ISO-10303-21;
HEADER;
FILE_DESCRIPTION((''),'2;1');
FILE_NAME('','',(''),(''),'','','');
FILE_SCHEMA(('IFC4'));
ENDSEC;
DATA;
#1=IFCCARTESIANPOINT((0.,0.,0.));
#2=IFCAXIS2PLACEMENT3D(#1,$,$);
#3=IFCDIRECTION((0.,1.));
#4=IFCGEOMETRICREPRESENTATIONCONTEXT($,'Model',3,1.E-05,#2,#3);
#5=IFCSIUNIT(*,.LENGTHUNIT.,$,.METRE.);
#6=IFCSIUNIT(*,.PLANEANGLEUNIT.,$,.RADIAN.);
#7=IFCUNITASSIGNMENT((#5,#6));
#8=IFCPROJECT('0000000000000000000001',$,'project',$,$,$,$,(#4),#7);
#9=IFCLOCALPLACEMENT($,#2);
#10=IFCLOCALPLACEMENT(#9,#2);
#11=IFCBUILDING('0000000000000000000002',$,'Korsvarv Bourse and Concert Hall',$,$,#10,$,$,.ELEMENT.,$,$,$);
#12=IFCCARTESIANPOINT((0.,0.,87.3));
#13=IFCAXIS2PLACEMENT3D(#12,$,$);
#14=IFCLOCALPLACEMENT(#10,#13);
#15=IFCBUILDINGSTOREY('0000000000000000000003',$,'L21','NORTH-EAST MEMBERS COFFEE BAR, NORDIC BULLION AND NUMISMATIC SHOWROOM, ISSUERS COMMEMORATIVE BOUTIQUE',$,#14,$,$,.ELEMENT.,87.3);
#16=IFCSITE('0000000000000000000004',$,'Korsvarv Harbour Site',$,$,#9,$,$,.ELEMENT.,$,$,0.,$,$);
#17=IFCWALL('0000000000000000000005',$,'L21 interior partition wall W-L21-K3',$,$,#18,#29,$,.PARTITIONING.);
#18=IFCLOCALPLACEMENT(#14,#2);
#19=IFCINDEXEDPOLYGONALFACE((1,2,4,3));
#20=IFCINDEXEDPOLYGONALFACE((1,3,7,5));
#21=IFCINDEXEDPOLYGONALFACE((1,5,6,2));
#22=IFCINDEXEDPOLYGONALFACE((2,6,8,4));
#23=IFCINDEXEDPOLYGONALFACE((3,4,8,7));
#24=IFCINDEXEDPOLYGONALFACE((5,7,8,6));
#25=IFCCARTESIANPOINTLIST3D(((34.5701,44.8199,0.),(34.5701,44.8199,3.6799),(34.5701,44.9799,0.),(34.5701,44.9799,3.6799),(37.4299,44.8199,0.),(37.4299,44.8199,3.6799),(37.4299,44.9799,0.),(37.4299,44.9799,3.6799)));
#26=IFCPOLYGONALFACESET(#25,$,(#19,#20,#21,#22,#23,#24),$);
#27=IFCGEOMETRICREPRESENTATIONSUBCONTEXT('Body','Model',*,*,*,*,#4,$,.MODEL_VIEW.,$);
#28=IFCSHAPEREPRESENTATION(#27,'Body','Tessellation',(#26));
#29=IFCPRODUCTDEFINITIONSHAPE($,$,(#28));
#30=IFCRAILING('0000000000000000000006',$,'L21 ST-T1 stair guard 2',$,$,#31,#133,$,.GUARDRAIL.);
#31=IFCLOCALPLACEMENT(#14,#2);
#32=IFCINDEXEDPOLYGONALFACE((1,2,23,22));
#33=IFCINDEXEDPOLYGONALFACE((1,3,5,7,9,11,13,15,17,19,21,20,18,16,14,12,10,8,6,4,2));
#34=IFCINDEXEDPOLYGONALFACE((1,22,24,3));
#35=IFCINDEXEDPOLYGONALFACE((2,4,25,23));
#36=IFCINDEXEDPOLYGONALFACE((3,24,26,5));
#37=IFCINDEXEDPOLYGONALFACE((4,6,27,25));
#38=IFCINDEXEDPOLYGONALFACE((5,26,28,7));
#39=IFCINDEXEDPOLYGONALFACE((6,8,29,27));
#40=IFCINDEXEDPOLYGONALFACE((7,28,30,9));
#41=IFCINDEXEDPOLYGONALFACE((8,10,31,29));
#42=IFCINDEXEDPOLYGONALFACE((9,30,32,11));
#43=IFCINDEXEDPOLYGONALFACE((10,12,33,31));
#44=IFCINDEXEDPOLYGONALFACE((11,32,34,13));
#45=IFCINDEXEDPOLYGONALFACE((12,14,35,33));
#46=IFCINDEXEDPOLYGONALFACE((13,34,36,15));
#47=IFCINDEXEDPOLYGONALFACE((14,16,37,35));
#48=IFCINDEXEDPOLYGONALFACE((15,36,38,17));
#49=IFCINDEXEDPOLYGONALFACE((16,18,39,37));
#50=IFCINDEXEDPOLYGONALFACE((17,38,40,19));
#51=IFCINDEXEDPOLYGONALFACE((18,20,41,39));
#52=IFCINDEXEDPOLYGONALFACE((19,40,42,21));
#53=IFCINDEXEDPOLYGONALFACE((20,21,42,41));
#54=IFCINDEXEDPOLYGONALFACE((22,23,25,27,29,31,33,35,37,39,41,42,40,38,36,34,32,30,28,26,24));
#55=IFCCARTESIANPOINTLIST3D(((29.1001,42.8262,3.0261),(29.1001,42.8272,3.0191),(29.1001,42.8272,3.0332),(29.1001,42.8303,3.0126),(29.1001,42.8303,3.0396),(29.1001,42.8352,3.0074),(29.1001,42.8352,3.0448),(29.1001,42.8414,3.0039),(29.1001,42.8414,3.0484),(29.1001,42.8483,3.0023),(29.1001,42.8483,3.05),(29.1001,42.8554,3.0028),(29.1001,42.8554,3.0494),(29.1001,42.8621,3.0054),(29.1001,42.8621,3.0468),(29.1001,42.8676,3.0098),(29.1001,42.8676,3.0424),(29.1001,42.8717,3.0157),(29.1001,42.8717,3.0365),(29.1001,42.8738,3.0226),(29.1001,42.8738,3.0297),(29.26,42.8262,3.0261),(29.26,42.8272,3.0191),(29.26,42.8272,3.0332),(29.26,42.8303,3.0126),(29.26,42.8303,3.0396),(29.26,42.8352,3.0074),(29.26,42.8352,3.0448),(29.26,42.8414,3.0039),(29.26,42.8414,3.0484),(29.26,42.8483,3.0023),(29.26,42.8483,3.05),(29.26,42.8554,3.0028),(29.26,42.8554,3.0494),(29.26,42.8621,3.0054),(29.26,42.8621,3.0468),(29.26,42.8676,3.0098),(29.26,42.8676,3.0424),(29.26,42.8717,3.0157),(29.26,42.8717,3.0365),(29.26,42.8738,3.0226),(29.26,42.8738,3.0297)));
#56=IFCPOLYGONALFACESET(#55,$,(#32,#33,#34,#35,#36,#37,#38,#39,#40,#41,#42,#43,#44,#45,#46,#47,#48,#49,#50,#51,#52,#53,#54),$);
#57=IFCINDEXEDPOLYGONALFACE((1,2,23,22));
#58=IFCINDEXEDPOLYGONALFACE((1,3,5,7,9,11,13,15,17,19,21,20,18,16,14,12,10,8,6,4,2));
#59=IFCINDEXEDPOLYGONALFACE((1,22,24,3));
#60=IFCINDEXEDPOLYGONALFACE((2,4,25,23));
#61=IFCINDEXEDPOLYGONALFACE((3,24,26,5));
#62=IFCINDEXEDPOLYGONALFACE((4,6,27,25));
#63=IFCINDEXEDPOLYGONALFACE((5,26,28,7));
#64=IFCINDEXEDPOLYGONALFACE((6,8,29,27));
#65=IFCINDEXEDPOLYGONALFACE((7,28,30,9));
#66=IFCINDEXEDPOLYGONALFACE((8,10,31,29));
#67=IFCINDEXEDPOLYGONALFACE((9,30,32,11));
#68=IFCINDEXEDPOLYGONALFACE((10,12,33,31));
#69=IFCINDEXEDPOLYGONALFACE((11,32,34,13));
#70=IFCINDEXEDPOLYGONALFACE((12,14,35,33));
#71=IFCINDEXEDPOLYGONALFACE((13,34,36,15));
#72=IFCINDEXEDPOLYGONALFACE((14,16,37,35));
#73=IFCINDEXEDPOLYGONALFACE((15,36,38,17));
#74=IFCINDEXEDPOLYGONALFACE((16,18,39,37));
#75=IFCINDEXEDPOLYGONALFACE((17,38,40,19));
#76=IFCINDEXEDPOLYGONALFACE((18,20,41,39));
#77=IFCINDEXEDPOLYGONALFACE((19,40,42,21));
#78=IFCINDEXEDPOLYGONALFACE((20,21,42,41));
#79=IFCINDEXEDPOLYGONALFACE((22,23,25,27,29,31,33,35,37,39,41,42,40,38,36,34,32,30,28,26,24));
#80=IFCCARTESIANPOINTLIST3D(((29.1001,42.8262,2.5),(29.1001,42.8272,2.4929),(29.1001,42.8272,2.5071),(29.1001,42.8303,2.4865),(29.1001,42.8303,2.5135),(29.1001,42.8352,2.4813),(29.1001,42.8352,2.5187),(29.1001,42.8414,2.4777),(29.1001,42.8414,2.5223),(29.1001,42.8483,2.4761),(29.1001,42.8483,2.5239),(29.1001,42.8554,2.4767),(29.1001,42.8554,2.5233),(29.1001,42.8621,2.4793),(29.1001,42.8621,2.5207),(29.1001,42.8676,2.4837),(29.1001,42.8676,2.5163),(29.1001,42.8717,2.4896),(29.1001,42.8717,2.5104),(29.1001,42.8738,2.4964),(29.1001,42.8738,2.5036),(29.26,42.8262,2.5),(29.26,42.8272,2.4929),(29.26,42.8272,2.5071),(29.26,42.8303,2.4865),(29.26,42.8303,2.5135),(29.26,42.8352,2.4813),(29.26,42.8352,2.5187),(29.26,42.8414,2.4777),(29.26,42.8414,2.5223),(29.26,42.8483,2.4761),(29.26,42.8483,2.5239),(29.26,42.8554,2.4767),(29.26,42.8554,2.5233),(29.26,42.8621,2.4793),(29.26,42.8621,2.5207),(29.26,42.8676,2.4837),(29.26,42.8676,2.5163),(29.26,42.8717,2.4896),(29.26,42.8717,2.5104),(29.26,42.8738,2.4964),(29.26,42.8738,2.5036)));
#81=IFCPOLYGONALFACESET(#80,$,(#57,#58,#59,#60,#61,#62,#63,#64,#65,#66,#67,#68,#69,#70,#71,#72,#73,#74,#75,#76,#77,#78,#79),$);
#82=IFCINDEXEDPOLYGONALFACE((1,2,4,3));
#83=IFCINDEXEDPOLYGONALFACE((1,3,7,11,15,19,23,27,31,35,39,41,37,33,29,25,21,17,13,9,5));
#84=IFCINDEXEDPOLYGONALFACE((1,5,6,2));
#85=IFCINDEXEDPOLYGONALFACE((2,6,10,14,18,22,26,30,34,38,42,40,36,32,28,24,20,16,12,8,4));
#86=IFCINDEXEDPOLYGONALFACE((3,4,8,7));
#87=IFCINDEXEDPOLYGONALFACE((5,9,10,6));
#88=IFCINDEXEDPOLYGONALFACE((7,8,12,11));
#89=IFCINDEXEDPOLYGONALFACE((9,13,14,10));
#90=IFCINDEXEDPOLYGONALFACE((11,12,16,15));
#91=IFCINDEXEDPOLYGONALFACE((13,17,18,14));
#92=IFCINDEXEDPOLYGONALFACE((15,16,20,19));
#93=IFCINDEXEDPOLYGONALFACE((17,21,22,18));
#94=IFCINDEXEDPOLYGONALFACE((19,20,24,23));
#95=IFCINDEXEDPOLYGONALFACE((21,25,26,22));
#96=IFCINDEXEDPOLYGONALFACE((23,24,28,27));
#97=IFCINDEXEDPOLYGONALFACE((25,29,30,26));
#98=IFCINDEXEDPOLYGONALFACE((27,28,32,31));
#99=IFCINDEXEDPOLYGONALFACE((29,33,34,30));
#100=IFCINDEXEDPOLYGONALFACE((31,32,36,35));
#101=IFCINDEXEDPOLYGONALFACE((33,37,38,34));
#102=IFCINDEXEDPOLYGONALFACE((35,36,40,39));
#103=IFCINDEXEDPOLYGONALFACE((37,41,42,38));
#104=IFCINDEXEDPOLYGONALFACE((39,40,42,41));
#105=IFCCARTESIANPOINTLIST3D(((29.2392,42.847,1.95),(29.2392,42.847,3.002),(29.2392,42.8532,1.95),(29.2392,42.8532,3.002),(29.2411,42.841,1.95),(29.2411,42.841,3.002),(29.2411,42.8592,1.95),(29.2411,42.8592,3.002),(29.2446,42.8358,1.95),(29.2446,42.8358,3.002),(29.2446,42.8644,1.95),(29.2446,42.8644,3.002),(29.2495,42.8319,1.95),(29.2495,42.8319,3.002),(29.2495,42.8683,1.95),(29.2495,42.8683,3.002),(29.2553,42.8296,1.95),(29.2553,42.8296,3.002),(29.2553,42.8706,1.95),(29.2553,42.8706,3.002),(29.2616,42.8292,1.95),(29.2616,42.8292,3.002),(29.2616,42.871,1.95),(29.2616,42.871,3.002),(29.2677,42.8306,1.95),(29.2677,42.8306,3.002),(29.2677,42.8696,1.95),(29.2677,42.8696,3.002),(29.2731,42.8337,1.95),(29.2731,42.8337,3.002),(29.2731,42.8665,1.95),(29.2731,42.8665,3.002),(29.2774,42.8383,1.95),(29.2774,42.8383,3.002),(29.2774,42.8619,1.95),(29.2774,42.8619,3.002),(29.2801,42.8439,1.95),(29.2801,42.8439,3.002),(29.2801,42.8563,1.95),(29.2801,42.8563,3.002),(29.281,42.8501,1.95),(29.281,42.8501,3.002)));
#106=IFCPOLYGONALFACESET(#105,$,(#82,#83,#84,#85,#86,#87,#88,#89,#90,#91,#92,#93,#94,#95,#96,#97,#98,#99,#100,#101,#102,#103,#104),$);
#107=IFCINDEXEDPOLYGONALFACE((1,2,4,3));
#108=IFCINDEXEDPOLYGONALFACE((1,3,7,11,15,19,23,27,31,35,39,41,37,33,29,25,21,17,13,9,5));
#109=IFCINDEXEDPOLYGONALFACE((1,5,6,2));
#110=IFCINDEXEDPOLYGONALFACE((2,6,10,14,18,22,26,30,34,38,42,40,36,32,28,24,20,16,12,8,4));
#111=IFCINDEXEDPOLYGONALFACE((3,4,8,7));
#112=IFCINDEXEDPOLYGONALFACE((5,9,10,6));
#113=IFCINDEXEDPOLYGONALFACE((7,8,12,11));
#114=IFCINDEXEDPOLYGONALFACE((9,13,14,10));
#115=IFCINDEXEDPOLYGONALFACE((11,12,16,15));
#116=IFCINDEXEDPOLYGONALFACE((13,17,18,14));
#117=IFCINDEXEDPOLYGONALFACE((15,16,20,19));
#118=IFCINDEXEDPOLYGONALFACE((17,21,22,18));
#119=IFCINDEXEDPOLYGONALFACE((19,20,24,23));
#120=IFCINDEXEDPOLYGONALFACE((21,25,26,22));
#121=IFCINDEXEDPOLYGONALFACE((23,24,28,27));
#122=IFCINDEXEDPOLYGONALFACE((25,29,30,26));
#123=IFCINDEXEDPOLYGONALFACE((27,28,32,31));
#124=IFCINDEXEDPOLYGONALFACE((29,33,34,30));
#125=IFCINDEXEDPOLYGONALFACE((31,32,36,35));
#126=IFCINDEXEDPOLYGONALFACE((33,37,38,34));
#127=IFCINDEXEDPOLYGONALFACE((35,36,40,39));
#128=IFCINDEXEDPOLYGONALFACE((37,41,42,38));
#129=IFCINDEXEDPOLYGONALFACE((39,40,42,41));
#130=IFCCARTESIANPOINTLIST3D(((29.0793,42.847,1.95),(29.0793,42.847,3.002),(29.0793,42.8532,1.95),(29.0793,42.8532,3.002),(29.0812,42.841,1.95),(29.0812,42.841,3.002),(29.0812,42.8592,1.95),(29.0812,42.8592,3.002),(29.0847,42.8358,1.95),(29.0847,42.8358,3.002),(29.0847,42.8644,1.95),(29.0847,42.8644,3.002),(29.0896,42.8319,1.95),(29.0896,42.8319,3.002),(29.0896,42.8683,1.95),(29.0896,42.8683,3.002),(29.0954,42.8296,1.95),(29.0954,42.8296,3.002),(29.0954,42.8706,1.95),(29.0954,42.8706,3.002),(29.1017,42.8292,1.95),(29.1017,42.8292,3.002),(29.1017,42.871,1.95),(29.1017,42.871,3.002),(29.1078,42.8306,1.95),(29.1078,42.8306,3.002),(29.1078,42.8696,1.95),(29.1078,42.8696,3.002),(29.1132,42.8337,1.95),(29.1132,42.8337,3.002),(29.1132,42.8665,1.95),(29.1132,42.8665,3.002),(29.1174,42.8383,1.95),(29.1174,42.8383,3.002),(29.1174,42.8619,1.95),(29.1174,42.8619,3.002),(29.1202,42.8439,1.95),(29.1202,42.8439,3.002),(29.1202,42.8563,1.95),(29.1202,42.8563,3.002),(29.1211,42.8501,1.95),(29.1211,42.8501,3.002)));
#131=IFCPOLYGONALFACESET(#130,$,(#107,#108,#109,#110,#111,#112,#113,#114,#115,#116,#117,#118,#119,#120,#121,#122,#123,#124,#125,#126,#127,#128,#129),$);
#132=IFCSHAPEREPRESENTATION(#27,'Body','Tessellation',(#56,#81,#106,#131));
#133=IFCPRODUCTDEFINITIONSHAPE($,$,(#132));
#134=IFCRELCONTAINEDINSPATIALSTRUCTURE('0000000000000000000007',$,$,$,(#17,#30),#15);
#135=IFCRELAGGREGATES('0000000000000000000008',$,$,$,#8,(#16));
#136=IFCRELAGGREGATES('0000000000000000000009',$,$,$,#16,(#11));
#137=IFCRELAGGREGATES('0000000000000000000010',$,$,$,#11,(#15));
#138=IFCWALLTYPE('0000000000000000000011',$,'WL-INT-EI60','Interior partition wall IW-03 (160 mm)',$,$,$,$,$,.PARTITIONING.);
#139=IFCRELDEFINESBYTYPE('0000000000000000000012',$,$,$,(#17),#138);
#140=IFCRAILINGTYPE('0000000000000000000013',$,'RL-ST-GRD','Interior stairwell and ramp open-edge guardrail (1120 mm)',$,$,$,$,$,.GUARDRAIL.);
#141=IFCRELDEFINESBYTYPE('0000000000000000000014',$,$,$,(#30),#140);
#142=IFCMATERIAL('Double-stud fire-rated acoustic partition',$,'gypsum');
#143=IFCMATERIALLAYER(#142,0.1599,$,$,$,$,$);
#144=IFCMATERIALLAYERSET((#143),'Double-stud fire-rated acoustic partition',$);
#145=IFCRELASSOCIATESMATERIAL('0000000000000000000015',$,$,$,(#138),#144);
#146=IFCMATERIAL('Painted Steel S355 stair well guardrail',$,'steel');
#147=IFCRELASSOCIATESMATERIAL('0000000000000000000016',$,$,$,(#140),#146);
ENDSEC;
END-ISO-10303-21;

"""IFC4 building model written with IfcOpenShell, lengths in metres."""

from ifc_helpers import new_model, si_unit, direction, frame, frame_2d, origin, origin_2d, place, context, subcontext, project, spatial, rectangle, circle, extrude, material, layer, layer_set, type_object, element, save


model = new_model("IFC4")

# Units and contexts
model_context = context("Model", 3, precision=1e-05, world=origin(), true_north=direction((0.0, 1.0)))
body_context = subcontext(model_context, "Body", "Model", "MODEL_VIEW")
ifc_project = project(units=[si_unit("LENGTHUNIT", "METRE"), si_unit("PLANEANGLEUNIT", "RADIAN")], contexts=[model_context])

# Site, building, storey
site_placement = place(None, origin())
site = spatial("IfcSite", under=ifc_project, at=site_placement, Name="Korsvarv Harbour Site", CompositionType="ELEMENT", RefElevation=0.0)
building_placement = place(site_placement, origin())
building = spatial("IfcBuilding", under=site, at=building_placement, Name="Korsvarv Bourse and Concert Hall", CompositionType="ELEMENT")
storey_placement = place(building_placement, frame((0.0, 0.0, 87.3)))
storey = spatial("IfcBuildingStorey", under=building, at=storey_placement, Name="L21", Description="NORTH-EAST MEMBERS COFFEE BAR, NORDIC BULLION AND NUMISMATIC SHOWROOM, ISSUERS COMMEMORATIVE BOUTIQUE", CompositionType="ELEMENT", Elevation=87.3)

# Wall
ifc_material_1 = material(Name="Double-stud fire-rated acoustic partition", Category="gypsum")
ifc_layer_1 = layer(ifc_material_1, 0.1599)
ifc_layer_set_1 = layer_set([ifc_layer_1], Name="Double-stud fire-rated acoustic partition")
wall_type_1 = type_object("IfcWallType", Name="WL-INT-EI60", Description="Interior partition wall IW-03 (160 mm)", PredefinedType="PARTITIONING", material=ifc_layer_set_1)
for number, where, z_axis, x_axis, name in (
    (1, (34.5701, 44.8999, 0.0), (0.0, 0.0, 1.0), (1.0, 0.0, 0.0), "L21 interior partition wall W-L21-K3"),
):
    element("IfcWall", number, at=place(storey_placement, frame(where, z_axis=z_axis, x_axis=x_axis)), inside=storey, type_object=wall_type_1, Name=name, PredefinedType="PARTITIONING", context=body_context, shape_type="SweptSolid", body=[
        extrude(rectangle(XDim=2.8599, YDim=0.1599, at=frame_2d((1.4299, 0.0))), origin(), (0.0, 0.0, 1.0), 3.6799),
    ])

# Railing
ifc_material_2 = material(Name="Painted Steel S355 stair well guardrail", Category="steel")
railing_type = type_object("IfcRailingType", Name="RL-ST-GRD", Description="Interior stairwell and ramp open-edge guardrail (1120 mm)", PredefinedType="GUARDRAIL", material=ifc_material_2)
railing_1_placement = place(storey_placement, frame((29.26, 42.8501, 1.95)))
element("IfcRailing", 2, at=railing_1_placement, inside=storey, type_object=railing_type, Name="L21 ST-T1 stair guard 2", PredefinedType="GUARDRAIL", context=body_context, shape_type="SweptSolid", body=[
    extrude(circle(Radius=0.0239, at=origin_2d()), frame((0.0, 0.0, 1.0762), z_axis=(-1.0, 0.0, 0.0), x_axis=(0.0, -1.0, 0.0)), (0.0, 0.0, 1.0), 0.1599),
    extrude(circle(Radius=0.0239, at=origin_2d()), frame((0.0, 0.0, 0.55), z_axis=(-1.0, 0.0, 0.0), x_axis=(0.0, -1.0, 0.0)), (0.0, 0.0, 1.0), 0.1599),
    extrude(circle(Radius=0.021, at=origin_2d()), origin(), (0.0, 0.0, 1.0), 1.052),
    extrude(circle(Radius=0.021, at=origin_2d()), frame((-0.1599, 0.0, 0.0)), (0.0, 0.0, 1.0), 1.052),
])

save(model, "model.ifc")
